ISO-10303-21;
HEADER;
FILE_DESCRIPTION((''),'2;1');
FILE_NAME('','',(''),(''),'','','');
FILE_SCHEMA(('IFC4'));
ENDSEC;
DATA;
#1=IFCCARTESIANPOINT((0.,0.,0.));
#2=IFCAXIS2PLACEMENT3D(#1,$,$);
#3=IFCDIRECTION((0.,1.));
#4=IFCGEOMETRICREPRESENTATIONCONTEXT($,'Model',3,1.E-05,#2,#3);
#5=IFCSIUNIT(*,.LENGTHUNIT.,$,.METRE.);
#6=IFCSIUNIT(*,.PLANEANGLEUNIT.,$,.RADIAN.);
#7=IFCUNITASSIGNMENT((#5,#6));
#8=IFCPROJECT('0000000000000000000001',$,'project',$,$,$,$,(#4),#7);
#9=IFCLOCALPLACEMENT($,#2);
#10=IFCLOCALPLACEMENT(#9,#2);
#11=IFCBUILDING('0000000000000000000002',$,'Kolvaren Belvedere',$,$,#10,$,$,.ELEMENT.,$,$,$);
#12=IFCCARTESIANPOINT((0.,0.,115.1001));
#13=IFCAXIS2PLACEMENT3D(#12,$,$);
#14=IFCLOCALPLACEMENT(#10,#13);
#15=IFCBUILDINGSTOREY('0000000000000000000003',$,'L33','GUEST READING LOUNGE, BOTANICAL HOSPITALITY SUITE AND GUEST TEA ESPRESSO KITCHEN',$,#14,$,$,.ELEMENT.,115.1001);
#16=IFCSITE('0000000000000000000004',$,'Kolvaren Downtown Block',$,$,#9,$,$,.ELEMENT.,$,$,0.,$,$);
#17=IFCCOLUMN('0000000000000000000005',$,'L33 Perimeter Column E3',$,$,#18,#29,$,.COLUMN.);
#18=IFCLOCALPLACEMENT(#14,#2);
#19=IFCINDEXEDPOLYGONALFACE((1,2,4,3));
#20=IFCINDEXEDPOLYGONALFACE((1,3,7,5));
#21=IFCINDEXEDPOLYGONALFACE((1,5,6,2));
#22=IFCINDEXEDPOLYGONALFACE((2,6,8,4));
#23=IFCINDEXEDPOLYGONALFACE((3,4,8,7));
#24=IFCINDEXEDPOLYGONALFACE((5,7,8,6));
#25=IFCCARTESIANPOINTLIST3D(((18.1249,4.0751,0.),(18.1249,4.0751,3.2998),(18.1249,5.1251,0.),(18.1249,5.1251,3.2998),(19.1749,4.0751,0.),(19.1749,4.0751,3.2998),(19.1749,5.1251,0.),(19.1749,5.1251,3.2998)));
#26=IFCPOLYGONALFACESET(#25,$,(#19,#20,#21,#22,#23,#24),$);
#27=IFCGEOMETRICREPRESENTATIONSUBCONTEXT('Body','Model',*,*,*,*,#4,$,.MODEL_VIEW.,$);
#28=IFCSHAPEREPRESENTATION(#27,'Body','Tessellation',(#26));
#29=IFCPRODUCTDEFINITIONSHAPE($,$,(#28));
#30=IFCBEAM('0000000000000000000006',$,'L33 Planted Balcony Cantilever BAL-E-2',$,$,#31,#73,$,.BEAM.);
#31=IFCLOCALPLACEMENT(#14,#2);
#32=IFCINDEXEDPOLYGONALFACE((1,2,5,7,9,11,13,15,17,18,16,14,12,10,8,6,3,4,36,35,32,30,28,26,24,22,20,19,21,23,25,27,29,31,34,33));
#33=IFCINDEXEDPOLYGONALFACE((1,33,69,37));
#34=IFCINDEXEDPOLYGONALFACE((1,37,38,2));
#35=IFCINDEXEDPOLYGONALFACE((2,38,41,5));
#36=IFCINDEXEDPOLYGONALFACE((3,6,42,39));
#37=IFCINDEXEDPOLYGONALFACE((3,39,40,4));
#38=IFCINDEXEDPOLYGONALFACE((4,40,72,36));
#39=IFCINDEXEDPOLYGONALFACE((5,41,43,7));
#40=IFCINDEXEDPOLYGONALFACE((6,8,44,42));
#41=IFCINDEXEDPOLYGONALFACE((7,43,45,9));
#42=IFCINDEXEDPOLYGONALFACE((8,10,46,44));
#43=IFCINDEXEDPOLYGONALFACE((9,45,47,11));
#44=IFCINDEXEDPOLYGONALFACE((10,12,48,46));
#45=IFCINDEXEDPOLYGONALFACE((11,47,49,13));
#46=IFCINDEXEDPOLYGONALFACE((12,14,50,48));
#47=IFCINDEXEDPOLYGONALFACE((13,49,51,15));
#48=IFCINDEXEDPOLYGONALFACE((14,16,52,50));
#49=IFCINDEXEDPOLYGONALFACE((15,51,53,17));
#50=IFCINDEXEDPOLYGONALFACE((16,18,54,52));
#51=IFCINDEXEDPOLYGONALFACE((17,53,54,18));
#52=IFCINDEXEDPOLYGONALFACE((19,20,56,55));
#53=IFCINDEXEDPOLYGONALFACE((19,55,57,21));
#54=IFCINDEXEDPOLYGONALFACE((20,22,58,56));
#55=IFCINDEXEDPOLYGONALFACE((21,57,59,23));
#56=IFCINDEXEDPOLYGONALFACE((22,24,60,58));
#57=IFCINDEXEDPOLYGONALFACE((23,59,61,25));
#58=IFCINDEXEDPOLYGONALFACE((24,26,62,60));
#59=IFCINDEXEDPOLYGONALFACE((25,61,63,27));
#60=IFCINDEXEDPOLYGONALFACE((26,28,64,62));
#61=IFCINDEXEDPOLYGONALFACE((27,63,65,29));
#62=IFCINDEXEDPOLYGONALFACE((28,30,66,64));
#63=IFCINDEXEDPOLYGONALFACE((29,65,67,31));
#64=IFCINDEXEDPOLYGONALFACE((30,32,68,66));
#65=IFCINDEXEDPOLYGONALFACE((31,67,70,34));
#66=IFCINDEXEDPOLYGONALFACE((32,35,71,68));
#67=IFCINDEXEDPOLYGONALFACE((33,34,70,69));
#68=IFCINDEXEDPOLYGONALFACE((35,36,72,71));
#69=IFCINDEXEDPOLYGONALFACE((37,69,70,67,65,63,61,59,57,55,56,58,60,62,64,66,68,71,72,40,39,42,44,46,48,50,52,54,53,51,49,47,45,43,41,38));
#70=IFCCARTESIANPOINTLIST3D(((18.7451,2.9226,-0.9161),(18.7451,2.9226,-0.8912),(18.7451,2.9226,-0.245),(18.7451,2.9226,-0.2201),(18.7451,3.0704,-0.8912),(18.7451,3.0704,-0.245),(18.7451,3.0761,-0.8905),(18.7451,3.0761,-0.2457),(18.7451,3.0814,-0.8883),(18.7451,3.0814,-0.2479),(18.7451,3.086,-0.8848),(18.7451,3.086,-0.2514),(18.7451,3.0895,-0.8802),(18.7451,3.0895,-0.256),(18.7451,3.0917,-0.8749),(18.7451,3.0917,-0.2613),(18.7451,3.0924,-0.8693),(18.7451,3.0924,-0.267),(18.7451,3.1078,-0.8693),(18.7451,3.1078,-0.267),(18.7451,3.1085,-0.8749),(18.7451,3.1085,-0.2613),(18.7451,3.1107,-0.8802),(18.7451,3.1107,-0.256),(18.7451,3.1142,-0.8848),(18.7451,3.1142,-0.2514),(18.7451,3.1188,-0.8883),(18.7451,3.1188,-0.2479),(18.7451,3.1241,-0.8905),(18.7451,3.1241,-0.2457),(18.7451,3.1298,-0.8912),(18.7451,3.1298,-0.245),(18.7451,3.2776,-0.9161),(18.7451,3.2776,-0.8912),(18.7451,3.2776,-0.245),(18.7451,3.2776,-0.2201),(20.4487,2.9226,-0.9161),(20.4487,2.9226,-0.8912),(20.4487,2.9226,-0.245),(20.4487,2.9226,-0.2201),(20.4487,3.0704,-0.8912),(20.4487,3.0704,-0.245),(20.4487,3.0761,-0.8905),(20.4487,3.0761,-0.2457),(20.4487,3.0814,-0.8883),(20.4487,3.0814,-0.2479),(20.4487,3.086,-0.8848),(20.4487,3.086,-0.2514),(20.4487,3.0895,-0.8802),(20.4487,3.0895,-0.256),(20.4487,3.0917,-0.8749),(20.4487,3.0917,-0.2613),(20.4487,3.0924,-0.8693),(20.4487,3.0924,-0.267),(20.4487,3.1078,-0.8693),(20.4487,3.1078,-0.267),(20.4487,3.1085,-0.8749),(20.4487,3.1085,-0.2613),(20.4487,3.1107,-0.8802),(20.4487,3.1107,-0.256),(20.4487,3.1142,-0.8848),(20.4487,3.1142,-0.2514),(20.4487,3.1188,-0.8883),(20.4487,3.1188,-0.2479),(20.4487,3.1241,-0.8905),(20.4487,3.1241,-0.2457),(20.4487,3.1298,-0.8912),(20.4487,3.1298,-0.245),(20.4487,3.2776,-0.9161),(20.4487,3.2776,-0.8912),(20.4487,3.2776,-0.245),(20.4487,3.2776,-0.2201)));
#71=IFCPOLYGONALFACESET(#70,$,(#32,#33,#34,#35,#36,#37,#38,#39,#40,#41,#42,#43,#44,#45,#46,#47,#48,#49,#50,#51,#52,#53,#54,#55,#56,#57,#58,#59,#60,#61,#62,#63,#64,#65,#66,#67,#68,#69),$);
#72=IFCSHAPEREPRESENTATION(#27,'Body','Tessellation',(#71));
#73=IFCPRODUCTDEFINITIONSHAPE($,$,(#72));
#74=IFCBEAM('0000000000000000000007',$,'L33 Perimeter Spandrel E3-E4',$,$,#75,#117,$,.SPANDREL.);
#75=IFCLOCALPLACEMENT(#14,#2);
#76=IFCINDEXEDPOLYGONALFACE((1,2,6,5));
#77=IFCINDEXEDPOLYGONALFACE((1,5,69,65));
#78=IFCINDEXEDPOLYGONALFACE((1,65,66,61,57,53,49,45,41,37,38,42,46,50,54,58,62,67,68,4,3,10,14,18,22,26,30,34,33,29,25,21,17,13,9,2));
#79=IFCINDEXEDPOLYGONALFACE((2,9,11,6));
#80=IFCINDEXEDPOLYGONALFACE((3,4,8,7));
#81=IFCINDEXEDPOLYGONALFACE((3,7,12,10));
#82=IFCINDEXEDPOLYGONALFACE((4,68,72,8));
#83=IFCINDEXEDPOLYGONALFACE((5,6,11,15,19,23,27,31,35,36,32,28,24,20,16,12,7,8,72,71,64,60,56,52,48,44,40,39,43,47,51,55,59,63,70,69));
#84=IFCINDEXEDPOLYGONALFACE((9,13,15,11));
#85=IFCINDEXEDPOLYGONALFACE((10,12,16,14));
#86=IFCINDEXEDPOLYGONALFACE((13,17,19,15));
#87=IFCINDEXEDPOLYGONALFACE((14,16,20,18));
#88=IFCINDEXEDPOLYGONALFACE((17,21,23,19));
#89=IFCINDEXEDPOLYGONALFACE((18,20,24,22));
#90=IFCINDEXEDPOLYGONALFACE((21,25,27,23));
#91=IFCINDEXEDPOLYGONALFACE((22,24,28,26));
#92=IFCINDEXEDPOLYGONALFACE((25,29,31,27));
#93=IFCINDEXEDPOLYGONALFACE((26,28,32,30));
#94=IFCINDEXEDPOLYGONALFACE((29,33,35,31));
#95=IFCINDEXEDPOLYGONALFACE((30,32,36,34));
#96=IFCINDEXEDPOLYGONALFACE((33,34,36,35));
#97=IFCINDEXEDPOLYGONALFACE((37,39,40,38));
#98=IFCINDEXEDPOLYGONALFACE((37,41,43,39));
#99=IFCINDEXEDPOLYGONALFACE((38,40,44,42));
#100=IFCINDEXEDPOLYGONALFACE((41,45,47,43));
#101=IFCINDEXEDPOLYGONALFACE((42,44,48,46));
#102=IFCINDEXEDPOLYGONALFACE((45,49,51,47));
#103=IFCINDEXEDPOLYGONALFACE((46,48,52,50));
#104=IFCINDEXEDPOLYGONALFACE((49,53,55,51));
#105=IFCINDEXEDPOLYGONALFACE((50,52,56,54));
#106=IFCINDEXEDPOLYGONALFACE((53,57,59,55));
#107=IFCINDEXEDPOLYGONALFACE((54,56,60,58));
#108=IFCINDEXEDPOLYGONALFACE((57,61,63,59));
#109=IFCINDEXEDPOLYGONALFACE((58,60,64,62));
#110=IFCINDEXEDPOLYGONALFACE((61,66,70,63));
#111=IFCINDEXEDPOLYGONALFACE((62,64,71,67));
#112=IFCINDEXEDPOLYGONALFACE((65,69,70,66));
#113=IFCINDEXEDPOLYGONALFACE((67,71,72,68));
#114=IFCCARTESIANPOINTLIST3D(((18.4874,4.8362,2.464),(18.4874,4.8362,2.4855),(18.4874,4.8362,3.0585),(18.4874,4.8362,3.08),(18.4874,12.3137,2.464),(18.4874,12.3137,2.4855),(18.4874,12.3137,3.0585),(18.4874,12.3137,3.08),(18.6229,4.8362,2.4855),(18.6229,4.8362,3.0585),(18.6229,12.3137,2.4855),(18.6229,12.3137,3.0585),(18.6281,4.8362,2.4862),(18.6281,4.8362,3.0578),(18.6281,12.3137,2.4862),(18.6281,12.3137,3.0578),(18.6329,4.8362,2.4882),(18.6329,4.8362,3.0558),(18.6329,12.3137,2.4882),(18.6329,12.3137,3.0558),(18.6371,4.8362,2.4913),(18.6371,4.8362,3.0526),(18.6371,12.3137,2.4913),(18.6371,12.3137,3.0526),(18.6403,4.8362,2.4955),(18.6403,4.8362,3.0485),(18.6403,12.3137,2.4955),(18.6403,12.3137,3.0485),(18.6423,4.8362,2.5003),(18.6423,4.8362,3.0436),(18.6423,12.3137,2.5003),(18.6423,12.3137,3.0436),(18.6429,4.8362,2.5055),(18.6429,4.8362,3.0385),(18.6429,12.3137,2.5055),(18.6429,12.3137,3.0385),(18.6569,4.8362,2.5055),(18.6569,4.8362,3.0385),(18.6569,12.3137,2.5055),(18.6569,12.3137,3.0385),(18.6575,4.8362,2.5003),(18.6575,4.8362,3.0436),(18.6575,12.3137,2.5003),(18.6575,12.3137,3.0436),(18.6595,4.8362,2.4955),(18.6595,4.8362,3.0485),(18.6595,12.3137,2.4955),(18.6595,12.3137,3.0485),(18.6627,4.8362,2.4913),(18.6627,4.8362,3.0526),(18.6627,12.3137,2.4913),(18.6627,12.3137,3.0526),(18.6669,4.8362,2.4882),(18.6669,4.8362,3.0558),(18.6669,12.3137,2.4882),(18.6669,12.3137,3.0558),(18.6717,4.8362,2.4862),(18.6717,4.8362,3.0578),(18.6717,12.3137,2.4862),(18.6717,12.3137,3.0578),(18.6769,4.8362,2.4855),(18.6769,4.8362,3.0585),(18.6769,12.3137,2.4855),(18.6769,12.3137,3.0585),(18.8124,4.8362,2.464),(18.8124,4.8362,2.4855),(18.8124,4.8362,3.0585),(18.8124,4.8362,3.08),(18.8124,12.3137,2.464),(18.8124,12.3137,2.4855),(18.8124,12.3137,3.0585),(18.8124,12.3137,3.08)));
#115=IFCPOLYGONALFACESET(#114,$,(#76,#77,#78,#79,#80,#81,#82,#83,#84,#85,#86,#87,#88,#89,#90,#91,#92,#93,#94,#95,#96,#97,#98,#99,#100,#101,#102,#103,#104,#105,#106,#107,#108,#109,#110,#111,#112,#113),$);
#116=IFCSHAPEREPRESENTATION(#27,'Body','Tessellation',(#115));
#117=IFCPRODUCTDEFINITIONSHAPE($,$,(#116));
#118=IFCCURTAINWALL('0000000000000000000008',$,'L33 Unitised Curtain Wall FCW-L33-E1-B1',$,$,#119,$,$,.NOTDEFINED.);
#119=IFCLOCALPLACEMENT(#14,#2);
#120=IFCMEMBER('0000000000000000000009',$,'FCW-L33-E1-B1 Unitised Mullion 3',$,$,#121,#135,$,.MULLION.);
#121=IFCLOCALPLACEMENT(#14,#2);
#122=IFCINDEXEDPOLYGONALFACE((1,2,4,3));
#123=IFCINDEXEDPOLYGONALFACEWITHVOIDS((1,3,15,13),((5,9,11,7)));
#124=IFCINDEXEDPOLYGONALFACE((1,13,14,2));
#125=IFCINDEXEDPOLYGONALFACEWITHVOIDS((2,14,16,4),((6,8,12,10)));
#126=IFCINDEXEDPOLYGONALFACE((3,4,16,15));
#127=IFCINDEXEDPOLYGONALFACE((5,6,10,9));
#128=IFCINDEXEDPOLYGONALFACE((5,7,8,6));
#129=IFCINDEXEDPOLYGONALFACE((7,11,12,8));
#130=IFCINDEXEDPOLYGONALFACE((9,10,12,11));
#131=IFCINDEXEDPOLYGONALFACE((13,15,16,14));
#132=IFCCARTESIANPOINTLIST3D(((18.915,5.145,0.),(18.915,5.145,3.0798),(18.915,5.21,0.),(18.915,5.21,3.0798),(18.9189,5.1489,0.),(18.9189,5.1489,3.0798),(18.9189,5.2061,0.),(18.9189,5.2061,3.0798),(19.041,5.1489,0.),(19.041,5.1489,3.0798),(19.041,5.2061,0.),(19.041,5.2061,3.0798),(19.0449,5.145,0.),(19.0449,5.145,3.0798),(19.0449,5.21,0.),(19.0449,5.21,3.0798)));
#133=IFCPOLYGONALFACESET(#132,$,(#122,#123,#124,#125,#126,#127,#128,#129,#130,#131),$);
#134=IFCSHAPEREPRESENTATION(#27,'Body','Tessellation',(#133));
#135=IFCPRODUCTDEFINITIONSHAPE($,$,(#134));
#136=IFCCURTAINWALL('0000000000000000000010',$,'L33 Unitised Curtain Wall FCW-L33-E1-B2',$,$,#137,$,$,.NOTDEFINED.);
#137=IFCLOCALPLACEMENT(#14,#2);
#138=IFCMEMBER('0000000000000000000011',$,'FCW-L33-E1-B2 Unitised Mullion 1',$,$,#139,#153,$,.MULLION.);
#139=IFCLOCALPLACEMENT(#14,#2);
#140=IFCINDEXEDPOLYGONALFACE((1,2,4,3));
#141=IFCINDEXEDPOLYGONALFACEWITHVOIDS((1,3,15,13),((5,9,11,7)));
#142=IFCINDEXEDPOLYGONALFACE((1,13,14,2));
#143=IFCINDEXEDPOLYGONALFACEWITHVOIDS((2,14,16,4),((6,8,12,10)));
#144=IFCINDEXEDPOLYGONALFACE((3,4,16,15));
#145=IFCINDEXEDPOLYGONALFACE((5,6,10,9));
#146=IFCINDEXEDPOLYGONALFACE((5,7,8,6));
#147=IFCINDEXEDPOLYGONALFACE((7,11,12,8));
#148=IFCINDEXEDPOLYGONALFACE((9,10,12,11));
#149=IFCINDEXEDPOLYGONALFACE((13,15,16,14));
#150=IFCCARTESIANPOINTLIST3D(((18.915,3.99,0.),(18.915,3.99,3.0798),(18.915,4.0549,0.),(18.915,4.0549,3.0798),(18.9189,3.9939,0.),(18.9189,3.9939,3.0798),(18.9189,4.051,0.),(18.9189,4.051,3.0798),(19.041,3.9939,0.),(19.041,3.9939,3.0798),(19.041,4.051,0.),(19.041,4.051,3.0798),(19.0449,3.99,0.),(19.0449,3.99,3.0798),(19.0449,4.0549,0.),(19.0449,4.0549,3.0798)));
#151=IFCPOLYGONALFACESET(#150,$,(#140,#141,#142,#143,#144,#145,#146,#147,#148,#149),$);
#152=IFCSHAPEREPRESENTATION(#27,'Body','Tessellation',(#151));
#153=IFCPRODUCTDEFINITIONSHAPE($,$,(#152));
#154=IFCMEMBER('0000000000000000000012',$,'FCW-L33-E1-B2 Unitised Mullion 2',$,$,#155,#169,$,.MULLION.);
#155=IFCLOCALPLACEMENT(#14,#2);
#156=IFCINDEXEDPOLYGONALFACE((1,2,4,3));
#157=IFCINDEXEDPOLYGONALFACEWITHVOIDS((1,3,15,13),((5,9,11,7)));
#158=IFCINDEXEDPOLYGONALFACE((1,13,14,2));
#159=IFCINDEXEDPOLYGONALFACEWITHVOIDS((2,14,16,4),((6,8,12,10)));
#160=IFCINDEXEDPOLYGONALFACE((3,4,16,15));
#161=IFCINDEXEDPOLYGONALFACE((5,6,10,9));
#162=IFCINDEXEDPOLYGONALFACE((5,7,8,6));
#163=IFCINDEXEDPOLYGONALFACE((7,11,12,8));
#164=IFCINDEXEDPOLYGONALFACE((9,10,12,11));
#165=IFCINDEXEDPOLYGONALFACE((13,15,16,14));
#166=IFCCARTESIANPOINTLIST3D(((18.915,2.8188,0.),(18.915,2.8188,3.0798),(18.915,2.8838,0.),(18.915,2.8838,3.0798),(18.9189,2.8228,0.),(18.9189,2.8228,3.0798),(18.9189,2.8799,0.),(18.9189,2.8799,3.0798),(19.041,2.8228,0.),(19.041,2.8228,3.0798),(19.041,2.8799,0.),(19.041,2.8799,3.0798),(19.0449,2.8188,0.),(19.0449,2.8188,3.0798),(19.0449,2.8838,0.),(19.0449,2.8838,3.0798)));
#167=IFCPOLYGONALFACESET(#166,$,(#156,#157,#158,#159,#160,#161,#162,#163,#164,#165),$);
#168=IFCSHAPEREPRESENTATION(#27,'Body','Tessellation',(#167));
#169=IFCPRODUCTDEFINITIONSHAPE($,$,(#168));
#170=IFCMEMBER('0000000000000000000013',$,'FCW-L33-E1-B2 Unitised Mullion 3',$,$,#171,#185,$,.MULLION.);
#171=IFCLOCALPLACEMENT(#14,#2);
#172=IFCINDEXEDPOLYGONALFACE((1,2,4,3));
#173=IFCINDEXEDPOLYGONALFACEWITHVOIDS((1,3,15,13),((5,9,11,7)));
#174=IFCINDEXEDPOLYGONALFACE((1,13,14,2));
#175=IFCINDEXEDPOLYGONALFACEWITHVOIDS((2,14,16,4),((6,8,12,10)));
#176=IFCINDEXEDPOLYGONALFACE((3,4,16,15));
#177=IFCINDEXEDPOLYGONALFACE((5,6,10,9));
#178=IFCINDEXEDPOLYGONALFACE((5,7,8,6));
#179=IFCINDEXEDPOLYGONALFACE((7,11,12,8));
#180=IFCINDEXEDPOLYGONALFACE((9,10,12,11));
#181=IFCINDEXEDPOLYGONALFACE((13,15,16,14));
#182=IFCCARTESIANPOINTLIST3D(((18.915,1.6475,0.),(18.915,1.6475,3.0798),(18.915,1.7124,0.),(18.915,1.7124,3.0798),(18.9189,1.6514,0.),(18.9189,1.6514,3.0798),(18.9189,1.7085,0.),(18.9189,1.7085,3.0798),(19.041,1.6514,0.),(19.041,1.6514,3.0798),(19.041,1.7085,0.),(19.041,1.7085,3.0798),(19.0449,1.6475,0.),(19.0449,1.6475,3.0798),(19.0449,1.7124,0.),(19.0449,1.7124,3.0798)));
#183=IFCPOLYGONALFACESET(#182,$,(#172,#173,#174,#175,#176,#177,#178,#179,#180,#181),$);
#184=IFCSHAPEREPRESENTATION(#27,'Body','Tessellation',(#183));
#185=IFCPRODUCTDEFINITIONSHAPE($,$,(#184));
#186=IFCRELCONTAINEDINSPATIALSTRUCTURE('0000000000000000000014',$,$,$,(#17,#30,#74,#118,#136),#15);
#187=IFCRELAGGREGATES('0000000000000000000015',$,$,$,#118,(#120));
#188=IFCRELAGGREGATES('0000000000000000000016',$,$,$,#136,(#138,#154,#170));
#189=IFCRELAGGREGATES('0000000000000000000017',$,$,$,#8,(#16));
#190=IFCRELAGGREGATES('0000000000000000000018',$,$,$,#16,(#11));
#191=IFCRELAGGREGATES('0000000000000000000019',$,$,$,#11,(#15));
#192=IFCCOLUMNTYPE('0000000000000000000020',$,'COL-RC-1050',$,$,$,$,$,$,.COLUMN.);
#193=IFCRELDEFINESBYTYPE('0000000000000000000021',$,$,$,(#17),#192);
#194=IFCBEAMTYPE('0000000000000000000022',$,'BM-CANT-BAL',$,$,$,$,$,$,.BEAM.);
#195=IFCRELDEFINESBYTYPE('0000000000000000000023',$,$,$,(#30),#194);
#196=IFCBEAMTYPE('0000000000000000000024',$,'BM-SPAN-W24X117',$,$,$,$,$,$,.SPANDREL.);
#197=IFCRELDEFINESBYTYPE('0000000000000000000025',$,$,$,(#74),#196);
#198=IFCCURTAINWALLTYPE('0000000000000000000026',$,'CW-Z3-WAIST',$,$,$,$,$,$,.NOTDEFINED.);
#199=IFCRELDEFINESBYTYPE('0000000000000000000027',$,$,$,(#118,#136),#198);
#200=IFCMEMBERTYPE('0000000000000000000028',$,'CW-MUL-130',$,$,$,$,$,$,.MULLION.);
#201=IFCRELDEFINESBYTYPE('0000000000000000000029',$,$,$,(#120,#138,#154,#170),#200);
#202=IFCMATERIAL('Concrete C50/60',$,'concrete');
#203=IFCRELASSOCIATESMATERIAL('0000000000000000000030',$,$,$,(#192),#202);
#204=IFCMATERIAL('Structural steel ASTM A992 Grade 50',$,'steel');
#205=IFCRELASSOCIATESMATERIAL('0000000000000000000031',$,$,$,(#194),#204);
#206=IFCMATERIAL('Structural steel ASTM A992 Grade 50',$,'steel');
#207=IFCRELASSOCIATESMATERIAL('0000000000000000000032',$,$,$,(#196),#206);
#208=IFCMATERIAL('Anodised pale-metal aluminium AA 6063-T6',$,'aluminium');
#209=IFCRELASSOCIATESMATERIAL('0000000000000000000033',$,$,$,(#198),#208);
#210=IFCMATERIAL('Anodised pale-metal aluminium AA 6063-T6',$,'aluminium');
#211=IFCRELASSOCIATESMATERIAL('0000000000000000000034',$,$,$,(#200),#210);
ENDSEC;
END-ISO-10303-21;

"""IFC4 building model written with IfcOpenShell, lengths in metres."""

from ifc_helpers import new_model, si_unit, direction, frame, origin, origin_2d, place, context, subcontext, project, spatial, rectangle, hollow_rectangle, i_section, extrude, material, material_profile, profile_set, type_object, element, aggregate, save


model = new_model("IFC4")

# Units and contexts
model_context = context("Model", 3, precision=1e-05, world=origin(), true_north=direction((0.0, 1.0)))
body_context = subcontext(model_context, "Body", "Model", "MODEL_VIEW")
ifc_project = project(units=[si_unit("LENGTHUNIT", "METRE"), si_unit("PLANEANGLEUNIT", "RADIAN")], contexts=[model_context])

# Site, building, storey
site_placement = place(None, origin())
site = spatial("IfcSite", under=ifc_project, at=site_placement, Name="Kolvaren Downtown Block", CompositionType="ELEMENT", RefElevation=0.0)
building_placement = place(site_placement, origin())
building = spatial("IfcBuilding", under=site, at=building_placement, Name="Kolvaren Belvedere", CompositionType="ELEMENT")
storey_placement = place(building_placement, frame((0.0, 0.0, 115.1001)))
storey = spatial("IfcBuildingStorey", under=building, at=storey_placement, Name="L33", Description="GUEST READING LOUNGE, BOTANICAL HOSPITALITY SUITE AND GUEST TEA ESPRESSO KITCHEN", CompositionType="ELEMENT", Elevation=115.1001)

# Column
ifc_material_1 = material(Name="Concrete C50/60", Category="concrete")
ifc_material_profile_1 = material_profile(ifc_material_1, rectangle(XDim=1.05, YDim=1.05, at=origin_2d()), Name="RC 1050X1050")
ifc_profile_set_1 = profile_set([ifc_material_profile_1], Name="Concrete C50/60")
column_type = type_object("IfcColumnType", Name="COL-RC-1050", PredefinedType="COLUMN", material=ifc_profile_set_1)
column_placement = place(storey_placement, frame((18.6499, 4.6001, 0.0), z_axis=(0.0, 0.0, 1.0), x_axis=(1.0, 0.0, 0.0)))
element("IfcColumn", 1, at=column_placement, inside=storey, type_object=column_type, Name="L33 Perimeter Column E3", PredefinedType="COLUMN", context=body_context, shape_type="SweptSolid", body=[
    extrude(rectangle(XDim=1.05, YDim=1.05, at=origin_2d()), origin(), (0.0, 0.0, 1.0), 3.2998),
])

# Beams
ifc_material_2 = material(Name="Structural steel ASTM A992 Grade 50", Category="steel")
ifc_material_profile_2 = material_profile(ifc_material_2, i_section(OverallWidth=0.355, OverallDepth=0.696, WebThickness=0.0154, FlangeThickness=0.0249, FilletRadius=0.022, at=origin_2d()), Name="W27X146")
ifc_profile_set_2 = profile_set([ifc_material_profile_2], Name="Structural steel ASTM A992 Grade 50")
beam_type_1 = type_object("IfcBeamType", Name="BM-CANT-BAL", PredefinedType="BEAM", material=ifc_profile_set_2)
beam_1_placement = place(storey_placement, frame((18.7451, 3.1001, -0.5681), z_axis=(1.0, 0.0, 0.0), x_axis=(0.0, 1.0, 0.0)))
element("IfcBeam", 2, at=beam_1_placement, inside=storey, type_object=beam_type_1, Name="L33 Planted Balcony Cantilever BAL-E-2", PredefinedType="BEAM", context=body_context, shape_type="SweptSolid", body=[
    extrude(i_section(OverallWidth=0.355, OverallDepth=0.696, WebThickness=0.0154, FlangeThickness=0.0249, FilletRadius=0.022, at=origin_2d()), origin(), (0.0, 0.0, 1.0), 1.7036),
])
ifc_material_3 = material(Name="Structural steel ASTM A992 Grade 50", Category="steel")
ifc_material_profile_3 = material_profile(ifc_material_3, i_section(OverallWidth=0.325, OverallDepth=0.616, WebThickness=0.0139, FlangeThickness=0.0215, FilletRadius=0.02, at=origin_2d()), Name="W24X117")
ifc_profile_set_3 = profile_set([ifc_material_profile_3], Name="Structural steel ASTM A992 Grade 50")
beam_type_2 = type_object("IfcBeamType", Name="BM-SPAN-W24X117", PredefinedType="SPANDREL", material=ifc_profile_set_3)
beam_2_placement = place(storey_placement, frame((18.6499, 4.8362, 2.772), z_axis=(0.0, 1.0, 0.0), x_axis=(-1.0, 0.0, 0.0)))
element("IfcBeam", 3, at=beam_2_placement, inside=storey, type_object=beam_type_2, Name="L33 Perimeter Spandrel E3-E4", PredefinedType="SPANDREL", context=body_context, shape_type="SweptSolid", body=[
    extrude(i_section(OverallWidth=0.325, OverallDepth=0.616, WebThickness=0.0139, FlangeThickness=0.0215, FilletRadius=0.02, at=origin_2d()), origin(), (0.0, 0.0, 1.0), 7.4775),
])

# Curtain wall, member
ifc_material_4 = material(Name="Anodised pale-metal aluminium AA 6063-T6", Category="aluminium")
curtain_wall_type = type_object("IfcCurtainWallType", Name="CW-Z3-WAIST", PredefinedType="NOTDEFINED", material=ifc_material_4)
curtain_wall_1_placement = place(storey_placement, origin())
curtain_wall_1 = element("IfcCurtainWall", 4, at=curtain_wall_1_placement, inside=storey, type_object=curtain_wall_type, Name="L33 Unitised Curtain Wall FCW-L33-E1-B1", PredefinedType="NOTDEFINED")
ifc_material_5 = material(Name="Anodised pale-metal aluminium AA 6063-T6", Category="aluminium")
ifc_material_profile_4 = material_profile(ifc_material_5, hollow_rectangle(XDim=0.0649, YDim=0.1299, WallThickness=0.0039, at=origin_2d()), Name="ALU-MUL-130X65")
ifc_profile_set_4 = profile_set([ifc_material_profile_4], Name="Anodised pale-metal aluminium AA 6063-T6")
member_type_1 = type_object("IfcMemberType", Name="CW-MUL-130", PredefinedType="MULLION", material=ifc_profile_set_4)
member_1_placement = place(storey_placement, frame((18.98, 5.1775, 0.0), z_axis=(0.0, 0.0, 1.0), x_axis=(0.0, 1.0, 0.0)))
member_1 = element("IfcMember", 5, at=member_1_placement, type_object=member_type_1, Name="FCW-L33-E1-B1 Unitised Mullion 3", PredefinedType="MULLION", context=body_context, shape_type="SweptSolid", body=[
    extrude(hollow_rectangle(XDim=0.0649, YDim=0.1299, WallThickness=0.0039, at=origin_2d()), origin(), (0.0, 0.0, 1.0), 3.0798),
])
aggregate(curtain_wall_1, [member_1])

# Curtain wall, members
curtain_wall_2_placement = place(storey_placement, origin())
curtain_wall_2 = element("IfcCurtainWall", 6, at=curtain_wall_2_placement, inside=storey, type_object=curtain_wall_type, Name="L33 Unitised Curtain Wall FCW-L33-E1-B2", PredefinedType="NOTDEFINED")
member_2_placement = place(storey_placement, frame((18.98, 4.0225, 0.0), z_axis=(0.0, 0.0, 1.0), x_axis=(0.0, 1.0, 0.0)))
member_2 = element("IfcMember", 7, at=member_2_placement, type_object=member_type_1, Name="FCW-L33-E1-B2 Unitised Mullion 1", PredefinedType="MULLION", context=body_context, shape_type="SweptSolid", body=[
    extrude(hollow_rectangle(XDim=0.0649, YDim=0.1299, WallThickness=0.0039, at=origin_2d()), origin(), (0.0, 0.0, 1.0), 3.0798),
])
member_3_placement = place(storey_placement, frame((18.98, 2.8513, 0.0), z_axis=(0.0, 0.0, 1.0), x_axis=(0.0, 1.0, 0.0)))
member_3 = element("IfcMember", 8, at=member_3_placement, type_object=member_type_1, Name="FCW-L33-E1-B2 Unitised Mullion 2", PredefinedType="MULLION", context=body_context, shape_type="SweptSolid", body=[
    extrude(hollow_rectangle(XDim=0.0649, YDim=0.1299, WallThickness=0.0039, at=origin_2d()), origin(), (0.0, 0.0, 1.0), 3.0798),
])
member_4_placement = place(storey_placement, frame((18.98, 1.6799, 0.0), z_axis=(0.0, 0.0, 1.0), x_axis=(0.0, 1.0, 0.0)))
member_4 = element("IfcMember", 9, at=member_4_placement, type_object=member_type_1, Name="FCW-L33-E1-B2 Unitised Mullion 3", PredefinedType="MULLION", context=body_context, shape_type="SweptSolid", body=[
    extrude(hollow_rectangle(XDim=0.0649, YDim=0.1299, WallThickness=0.0039, at=origin_2d()), origin(), (0.0, 0.0, 1.0), 3.0798),
])

aggregate(curtain_wall_2, [member_2, member_3, member_4])

save(model, "model.ifc")
